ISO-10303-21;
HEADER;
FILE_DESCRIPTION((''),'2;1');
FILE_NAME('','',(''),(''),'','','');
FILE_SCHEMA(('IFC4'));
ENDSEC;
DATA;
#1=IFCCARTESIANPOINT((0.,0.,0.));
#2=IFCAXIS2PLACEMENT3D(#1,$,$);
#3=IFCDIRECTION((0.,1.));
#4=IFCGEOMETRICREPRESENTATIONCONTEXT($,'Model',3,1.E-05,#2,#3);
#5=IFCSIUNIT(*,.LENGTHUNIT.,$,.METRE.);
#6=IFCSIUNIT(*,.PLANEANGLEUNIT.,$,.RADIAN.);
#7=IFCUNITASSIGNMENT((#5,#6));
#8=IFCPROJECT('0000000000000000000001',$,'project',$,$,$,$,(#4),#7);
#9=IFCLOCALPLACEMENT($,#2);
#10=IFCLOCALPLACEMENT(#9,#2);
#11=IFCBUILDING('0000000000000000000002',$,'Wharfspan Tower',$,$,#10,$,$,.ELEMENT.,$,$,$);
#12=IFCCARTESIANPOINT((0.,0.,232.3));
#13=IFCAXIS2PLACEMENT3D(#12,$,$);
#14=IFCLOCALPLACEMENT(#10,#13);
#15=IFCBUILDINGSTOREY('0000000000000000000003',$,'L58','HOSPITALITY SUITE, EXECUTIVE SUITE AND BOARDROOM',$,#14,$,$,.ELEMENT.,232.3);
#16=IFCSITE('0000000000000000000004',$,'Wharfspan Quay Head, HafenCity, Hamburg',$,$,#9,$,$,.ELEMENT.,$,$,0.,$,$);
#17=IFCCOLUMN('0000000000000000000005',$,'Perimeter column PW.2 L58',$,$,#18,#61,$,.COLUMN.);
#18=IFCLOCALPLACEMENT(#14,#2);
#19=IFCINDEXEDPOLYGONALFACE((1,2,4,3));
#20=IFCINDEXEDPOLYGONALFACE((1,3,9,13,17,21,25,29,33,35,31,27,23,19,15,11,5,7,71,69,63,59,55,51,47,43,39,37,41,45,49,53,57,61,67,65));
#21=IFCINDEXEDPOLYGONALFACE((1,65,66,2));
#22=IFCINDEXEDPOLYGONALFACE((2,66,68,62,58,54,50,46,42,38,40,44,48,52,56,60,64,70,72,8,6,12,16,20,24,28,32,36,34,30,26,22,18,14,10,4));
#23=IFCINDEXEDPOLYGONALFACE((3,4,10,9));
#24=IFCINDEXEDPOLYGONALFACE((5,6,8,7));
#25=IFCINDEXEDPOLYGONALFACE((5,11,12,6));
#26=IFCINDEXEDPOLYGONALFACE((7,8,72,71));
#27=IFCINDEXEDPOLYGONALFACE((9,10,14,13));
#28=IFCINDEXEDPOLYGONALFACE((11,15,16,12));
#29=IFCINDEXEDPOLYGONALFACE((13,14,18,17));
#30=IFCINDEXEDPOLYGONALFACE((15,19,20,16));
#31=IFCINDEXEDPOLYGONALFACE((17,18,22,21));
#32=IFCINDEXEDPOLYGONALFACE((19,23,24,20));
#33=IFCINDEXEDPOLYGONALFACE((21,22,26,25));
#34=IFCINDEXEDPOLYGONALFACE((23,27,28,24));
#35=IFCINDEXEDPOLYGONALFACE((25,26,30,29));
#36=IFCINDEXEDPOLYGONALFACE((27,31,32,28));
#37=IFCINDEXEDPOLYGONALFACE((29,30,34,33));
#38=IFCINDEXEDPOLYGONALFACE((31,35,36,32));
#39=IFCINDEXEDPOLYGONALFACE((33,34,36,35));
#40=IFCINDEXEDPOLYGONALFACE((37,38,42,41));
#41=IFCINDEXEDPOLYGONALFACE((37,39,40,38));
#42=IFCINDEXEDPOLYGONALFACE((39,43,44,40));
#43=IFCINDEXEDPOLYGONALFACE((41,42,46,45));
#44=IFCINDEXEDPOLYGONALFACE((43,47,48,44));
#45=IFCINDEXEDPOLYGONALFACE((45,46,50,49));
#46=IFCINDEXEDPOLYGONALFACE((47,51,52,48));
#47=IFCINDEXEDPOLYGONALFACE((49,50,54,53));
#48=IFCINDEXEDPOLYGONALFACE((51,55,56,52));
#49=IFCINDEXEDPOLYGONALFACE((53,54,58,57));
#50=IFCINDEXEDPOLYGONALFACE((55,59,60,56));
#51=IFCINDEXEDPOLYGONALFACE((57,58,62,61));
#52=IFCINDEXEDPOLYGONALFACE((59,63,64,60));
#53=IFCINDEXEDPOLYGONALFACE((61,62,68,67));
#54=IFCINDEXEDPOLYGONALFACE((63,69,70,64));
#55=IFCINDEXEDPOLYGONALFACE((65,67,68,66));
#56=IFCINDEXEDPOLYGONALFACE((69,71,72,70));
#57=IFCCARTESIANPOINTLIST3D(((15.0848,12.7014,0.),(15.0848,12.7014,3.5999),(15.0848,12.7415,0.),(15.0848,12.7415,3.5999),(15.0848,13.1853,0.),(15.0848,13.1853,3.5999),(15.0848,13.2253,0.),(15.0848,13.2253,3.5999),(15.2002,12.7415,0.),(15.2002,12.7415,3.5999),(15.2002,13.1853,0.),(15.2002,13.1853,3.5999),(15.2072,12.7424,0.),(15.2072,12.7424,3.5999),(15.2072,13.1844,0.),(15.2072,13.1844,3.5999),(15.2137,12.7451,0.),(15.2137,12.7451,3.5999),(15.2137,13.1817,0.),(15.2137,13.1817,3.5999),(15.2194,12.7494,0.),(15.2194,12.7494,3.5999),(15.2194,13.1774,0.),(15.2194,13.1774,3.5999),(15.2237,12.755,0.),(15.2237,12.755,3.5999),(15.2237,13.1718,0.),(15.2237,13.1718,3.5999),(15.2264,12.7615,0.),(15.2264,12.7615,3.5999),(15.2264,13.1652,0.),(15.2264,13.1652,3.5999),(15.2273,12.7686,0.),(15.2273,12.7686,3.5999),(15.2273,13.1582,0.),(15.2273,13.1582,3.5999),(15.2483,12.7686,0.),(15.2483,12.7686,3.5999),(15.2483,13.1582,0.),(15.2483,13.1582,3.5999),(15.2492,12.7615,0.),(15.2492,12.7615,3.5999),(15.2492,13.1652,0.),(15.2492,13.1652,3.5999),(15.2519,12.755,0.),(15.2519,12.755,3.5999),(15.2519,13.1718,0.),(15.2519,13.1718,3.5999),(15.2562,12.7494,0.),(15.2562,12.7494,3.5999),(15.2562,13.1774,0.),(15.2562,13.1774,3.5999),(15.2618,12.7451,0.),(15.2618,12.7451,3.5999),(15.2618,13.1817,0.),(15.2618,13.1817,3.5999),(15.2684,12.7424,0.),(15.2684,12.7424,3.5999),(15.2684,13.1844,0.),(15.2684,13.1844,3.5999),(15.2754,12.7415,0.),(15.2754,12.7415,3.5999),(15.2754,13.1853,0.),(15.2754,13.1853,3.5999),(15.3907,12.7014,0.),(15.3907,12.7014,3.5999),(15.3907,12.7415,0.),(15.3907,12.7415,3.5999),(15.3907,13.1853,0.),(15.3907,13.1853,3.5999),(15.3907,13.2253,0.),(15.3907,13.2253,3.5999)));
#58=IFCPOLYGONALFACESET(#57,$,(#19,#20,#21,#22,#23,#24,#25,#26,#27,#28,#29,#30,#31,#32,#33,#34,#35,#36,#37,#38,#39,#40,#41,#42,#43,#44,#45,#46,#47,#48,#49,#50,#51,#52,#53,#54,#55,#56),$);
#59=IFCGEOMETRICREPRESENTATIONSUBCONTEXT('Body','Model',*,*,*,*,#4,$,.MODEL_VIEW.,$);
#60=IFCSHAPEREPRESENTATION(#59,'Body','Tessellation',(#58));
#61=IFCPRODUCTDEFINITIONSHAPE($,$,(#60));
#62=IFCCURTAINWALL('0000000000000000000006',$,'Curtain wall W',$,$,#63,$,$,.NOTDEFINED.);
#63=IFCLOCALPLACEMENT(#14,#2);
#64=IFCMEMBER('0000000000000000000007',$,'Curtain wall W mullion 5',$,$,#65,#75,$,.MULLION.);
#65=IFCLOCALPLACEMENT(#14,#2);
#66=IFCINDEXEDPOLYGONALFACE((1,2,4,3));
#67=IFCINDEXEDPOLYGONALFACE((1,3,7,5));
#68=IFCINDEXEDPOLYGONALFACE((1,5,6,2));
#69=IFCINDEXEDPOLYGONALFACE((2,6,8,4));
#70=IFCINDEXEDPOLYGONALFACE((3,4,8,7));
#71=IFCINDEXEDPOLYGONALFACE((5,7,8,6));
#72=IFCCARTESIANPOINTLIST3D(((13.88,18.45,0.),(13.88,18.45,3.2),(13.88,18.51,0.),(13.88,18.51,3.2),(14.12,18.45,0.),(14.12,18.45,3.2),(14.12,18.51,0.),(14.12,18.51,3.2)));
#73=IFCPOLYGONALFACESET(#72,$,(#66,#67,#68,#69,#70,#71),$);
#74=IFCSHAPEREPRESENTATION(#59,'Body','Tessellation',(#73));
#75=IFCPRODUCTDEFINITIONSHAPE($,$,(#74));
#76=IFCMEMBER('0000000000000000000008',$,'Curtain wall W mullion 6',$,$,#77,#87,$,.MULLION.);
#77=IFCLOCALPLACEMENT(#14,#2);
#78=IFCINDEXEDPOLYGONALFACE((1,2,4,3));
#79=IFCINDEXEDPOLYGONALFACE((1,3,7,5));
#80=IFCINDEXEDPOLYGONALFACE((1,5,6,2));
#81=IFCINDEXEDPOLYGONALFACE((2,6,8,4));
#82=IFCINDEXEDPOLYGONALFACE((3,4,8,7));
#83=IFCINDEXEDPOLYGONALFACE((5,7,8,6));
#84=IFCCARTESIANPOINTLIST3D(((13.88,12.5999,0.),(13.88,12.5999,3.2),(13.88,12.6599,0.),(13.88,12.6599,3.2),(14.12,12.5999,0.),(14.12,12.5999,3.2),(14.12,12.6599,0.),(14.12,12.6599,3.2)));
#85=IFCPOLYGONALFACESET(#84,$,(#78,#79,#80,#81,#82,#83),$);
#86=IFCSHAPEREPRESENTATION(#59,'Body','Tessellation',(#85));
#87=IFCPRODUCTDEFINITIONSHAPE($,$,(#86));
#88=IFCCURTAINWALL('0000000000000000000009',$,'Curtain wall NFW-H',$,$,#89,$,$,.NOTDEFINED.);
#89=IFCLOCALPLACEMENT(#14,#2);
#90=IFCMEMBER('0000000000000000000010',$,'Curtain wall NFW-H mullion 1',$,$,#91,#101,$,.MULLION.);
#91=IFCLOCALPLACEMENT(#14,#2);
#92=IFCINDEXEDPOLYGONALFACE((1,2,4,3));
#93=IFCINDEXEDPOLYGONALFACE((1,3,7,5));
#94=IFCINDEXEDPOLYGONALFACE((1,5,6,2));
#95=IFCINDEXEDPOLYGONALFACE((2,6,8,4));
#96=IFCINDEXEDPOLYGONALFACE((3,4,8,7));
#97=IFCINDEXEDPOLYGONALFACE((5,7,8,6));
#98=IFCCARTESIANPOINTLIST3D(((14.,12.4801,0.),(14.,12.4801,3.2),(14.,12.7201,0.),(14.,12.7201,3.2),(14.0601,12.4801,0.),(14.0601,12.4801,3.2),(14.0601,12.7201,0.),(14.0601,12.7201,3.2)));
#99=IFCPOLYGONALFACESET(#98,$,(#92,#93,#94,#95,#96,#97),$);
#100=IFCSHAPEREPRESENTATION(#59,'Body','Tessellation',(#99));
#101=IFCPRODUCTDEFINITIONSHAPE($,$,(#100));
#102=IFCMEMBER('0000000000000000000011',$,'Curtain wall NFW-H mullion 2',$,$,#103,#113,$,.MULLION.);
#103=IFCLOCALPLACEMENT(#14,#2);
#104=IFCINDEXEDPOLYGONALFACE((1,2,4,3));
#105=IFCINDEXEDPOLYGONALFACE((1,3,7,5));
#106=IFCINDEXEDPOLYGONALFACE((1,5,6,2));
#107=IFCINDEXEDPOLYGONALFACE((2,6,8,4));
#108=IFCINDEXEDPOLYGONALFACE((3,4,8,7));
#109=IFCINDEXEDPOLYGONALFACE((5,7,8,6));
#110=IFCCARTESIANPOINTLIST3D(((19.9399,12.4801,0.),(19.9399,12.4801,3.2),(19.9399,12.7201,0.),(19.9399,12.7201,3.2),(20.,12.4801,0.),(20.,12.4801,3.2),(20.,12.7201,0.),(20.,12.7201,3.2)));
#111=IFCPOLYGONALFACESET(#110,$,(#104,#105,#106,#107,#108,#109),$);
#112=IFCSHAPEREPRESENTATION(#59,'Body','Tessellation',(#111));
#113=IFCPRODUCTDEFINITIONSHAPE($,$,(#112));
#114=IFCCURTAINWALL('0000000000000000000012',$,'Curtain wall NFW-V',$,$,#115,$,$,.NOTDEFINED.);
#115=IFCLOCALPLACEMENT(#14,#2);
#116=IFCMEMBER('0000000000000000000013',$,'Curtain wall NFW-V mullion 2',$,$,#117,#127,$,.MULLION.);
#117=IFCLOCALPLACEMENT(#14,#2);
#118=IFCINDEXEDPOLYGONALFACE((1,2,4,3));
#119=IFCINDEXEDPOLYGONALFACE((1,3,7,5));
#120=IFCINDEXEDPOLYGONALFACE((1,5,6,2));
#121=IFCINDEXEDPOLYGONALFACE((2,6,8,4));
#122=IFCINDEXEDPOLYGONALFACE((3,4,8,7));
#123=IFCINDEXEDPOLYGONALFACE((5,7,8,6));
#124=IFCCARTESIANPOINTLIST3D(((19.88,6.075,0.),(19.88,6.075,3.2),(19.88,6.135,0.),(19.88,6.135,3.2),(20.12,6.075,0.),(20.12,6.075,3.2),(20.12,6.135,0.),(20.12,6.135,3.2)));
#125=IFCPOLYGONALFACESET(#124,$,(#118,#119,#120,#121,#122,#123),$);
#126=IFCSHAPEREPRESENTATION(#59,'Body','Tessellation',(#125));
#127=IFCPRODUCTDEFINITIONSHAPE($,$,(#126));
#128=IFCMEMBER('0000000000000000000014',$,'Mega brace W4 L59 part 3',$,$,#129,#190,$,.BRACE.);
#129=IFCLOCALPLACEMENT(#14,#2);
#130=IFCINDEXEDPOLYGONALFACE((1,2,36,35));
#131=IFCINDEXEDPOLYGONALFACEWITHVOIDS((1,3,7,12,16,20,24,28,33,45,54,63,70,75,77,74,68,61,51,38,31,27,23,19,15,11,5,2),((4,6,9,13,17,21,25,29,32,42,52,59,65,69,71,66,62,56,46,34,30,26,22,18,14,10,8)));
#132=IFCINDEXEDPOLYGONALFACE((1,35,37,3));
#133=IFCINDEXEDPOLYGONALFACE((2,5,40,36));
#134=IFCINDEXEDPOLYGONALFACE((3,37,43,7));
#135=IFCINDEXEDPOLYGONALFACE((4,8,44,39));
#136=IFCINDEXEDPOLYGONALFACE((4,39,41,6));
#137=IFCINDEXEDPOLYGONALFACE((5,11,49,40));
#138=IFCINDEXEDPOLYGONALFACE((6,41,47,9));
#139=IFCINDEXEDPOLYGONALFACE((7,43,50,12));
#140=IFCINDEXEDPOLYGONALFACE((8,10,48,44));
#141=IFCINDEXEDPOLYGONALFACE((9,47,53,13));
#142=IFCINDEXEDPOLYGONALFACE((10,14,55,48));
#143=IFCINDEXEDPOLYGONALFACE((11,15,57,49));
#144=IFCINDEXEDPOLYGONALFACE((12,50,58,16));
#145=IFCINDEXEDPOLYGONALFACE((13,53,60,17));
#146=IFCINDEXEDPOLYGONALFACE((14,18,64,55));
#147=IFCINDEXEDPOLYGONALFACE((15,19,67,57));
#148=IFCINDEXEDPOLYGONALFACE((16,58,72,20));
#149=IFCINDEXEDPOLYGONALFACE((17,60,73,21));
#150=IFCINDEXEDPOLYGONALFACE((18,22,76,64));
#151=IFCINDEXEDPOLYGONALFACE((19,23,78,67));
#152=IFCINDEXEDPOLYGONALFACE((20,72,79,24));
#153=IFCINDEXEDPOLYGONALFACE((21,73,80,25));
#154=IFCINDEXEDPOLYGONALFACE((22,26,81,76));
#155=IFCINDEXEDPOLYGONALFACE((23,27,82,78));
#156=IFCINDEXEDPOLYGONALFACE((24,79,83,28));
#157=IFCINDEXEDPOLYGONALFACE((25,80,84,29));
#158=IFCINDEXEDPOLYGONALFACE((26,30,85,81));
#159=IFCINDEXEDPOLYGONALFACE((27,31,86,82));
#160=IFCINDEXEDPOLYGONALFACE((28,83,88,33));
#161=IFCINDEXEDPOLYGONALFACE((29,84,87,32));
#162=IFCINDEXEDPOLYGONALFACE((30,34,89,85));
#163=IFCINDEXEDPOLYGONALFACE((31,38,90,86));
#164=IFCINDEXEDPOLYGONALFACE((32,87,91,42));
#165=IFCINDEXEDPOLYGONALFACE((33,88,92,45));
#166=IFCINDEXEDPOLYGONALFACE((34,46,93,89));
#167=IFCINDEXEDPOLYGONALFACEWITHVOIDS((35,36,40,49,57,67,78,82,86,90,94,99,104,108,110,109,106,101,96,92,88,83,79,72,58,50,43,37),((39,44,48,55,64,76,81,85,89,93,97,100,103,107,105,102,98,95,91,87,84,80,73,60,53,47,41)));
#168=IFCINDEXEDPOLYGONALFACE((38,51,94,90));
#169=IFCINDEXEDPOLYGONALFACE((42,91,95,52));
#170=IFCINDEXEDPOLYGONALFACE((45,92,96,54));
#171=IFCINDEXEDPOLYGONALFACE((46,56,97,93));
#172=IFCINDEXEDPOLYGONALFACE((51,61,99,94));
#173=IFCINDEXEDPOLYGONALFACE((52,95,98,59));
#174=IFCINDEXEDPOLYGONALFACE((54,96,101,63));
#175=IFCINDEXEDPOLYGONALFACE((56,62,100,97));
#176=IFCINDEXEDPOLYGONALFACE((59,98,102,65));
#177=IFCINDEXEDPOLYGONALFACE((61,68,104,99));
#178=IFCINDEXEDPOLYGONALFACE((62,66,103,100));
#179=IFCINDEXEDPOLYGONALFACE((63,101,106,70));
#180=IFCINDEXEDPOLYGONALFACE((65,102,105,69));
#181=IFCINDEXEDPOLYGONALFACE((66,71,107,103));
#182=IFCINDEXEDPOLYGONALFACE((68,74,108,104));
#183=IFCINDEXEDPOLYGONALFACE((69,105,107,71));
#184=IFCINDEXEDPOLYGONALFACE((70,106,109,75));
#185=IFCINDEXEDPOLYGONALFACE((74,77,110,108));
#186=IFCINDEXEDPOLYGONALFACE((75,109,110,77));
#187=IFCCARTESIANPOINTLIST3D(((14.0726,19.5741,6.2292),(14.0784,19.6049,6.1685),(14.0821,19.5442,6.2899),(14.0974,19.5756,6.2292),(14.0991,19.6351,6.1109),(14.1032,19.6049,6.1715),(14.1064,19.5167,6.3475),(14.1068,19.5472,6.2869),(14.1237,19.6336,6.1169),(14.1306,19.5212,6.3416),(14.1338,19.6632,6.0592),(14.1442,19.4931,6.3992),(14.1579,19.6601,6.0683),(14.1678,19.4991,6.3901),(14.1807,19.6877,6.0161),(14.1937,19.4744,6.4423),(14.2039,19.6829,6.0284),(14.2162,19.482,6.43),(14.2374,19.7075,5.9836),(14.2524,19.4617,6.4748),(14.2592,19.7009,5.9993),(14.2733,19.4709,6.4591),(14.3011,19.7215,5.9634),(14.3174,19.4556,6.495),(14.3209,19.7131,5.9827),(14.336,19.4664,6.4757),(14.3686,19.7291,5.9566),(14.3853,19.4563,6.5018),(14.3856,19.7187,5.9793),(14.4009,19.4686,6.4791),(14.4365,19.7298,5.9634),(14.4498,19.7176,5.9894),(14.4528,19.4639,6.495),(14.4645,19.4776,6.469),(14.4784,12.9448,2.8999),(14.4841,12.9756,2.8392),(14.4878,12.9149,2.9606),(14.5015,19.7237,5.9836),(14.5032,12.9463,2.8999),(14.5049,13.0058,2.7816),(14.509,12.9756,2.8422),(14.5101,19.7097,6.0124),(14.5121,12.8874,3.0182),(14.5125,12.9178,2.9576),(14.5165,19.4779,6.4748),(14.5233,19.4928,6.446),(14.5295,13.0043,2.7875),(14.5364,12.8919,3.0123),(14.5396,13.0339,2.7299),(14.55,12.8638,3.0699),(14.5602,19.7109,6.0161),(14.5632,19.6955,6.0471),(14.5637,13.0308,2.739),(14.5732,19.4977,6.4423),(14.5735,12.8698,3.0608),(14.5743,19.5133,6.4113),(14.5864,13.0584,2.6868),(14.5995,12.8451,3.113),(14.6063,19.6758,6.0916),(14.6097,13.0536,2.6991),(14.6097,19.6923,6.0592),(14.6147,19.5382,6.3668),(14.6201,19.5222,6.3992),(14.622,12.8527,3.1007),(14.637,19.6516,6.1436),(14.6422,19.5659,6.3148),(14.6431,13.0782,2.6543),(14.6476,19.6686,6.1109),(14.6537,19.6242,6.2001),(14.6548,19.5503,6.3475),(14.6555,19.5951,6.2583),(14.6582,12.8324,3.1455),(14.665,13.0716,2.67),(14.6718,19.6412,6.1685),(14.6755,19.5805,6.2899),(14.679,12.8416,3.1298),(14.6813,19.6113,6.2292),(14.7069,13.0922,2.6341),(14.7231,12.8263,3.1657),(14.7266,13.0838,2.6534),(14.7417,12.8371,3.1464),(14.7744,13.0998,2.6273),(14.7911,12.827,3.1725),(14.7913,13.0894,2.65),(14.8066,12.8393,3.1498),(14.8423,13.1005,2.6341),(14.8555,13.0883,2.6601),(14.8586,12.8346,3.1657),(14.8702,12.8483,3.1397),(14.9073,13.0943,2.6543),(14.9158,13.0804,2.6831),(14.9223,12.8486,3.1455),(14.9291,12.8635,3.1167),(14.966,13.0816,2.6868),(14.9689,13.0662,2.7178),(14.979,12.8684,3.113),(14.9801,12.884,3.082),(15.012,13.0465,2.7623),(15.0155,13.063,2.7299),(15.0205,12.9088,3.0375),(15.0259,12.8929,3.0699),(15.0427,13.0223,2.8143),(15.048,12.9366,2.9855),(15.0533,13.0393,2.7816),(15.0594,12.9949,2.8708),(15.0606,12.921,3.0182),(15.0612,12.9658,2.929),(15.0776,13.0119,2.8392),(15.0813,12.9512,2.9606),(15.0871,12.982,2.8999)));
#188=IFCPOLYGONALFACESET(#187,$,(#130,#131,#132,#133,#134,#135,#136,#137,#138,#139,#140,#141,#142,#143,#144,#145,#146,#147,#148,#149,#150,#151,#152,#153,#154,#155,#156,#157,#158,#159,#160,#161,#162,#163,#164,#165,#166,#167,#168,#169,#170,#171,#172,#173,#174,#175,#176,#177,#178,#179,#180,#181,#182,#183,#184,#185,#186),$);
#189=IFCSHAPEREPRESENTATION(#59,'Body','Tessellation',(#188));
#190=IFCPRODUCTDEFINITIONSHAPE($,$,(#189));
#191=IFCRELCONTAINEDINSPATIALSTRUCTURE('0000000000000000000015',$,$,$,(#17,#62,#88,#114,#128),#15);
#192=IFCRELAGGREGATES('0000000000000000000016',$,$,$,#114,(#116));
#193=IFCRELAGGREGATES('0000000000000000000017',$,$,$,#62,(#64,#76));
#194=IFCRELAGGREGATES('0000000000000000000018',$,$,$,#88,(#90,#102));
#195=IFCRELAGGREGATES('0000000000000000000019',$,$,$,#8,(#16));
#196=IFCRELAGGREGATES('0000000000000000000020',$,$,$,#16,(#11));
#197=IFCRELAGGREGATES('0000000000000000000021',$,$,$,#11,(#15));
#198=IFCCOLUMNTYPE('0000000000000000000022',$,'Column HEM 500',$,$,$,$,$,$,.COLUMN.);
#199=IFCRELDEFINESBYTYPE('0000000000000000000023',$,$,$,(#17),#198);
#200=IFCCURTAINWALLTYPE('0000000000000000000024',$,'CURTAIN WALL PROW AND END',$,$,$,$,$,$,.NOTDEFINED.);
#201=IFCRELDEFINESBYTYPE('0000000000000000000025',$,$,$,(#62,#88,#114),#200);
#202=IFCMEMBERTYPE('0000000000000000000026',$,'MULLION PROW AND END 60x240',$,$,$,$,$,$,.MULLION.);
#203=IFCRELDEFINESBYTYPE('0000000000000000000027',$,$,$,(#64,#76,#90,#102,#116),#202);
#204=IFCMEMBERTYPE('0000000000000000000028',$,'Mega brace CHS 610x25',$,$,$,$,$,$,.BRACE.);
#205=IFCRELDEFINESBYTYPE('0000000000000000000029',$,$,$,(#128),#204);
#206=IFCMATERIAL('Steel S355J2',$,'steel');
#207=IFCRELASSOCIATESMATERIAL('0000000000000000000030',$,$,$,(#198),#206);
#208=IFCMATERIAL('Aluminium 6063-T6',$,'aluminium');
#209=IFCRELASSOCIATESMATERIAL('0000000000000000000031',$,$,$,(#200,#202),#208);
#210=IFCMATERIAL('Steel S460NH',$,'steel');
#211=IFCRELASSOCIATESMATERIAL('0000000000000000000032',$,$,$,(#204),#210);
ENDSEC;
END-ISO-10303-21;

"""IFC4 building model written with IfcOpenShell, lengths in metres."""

from ifc_helpers import new_model, si_unit, direction, frame, origin, origin_2d, place, context, subcontext, project, spatial, rectangle, hollow_circle, i_section, extrude, material, material_profile, profile_set, type_object, element, aggregate, save


model = new_model("IFC4")

# Units and contexts
model_context = context("Model", 3, precision=1e-05, world=origin(), true_north=direction((0.0, 1.0)))
body_context = subcontext(model_context, "Body", "Model", "MODEL_VIEW")
ifc_project = project(units=[si_unit("LENGTHUNIT", "METRE"), si_unit("PLANEANGLEUNIT", "RADIAN")], contexts=[model_context])

# Site, building, storey
site_placement = place(None, origin())
site = spatial("IfcSite", under=ifc_project, at=site_placement, Name="Wharfspan Quay Head, HafenCity, Hamburg", CompositionType="ELEMENT", RefElevation=0.0)
building_placement = place(site_placement, origin())
building = spatial("IfcBuilding", under=site, at=building_placement, Name="Wharfspan Tower", CompositionType="ELEMENT")
storey_placement = place(building_placement, frame((0.0, 0.0, 232.3)))
storey = spatial("IfcBuildingStorey", under=building, at=storey_placement, Name="L58", Description="HOSPITALITY SUITE, EXECUTIVE SUITE AND BOARDROOM", CompositionType="ELEMENT", Elevation=232.3)

# Column
ifc_material_1 = material(Name="Steel S355J2", Category="steel")
ifc_material_profile_1 = material_profile(ifc_material_1, i_section(OverallWidth=0.3059, OverallDepth=0.5239, WebThickness=0.021, FlangeThickness=0.04, FilletRadius=0.0271, at=origin_2d()))
ifc_profile_set_1 = profile_set([ifc_material_profile_1], Name="Steel S355J2")
column_type = type_object("IfcColumnType", Name="Column HEM 500", PredefinedType="COLUMN", material=ifc_profile_set_1)
column_placement = place(storey_placement, frame((15.2378, 12.9634, 0.0), z_axis=(0.0, 0.0, 1.0), x_axis=(-1.0, 0.0, 0.0)))
element("IfcColumn", 1, at=column_placement, inside=storey, type_object=column_type, Name="Perimeter column PW.2 L58", PredefinedType="COLUMN", context=body_context, shape_type="SweptSolid", body=[
    extrude(i_section(OverallWidth=0.3059, OverallDepth=0.5239, WebThickness=0.021, FlangeThickness=0.04, FilletRadius=0.0271, at=origin_2d()), origin(), (0.0, 0.0, 1.0), 3.5999),
])

# Curtain walls, members
ifc_material_2 = material(Name="Aluminium 6063-T6", Category="aluminium")
curtain_wall_type = type_object("IfcCurtainWallType", Name="CURTAIN WALL PROW AND END", PredefinedType="NOTDEFINED", material=ifc_material_2)
curtain_wall_1_placement = place(storey_placement, origin())
curtain_wall_1 = element("IfcCurtainWall", 2, at=curtain_wall_1_placement, inside=storey, type_object=curtain_wall_type, Name="Curtain wall W", PredefinedType="NOTDEFINED")
ifc_material_profile_2 = material_profile(ifc_material_2, rectangle(XDim=0.24, YDim=0.0601, at=origin_2d()))
ifc_profile_set_2 = profile_set([ifc_material_profile_2], Name="Aluminium 6063-T6")
member_type_1 = type_object("IfcMemberType", Name="MULLION PROW AND END 60x240", PredefinedType="MULLION", material=ifc_profile_set_2)
member_1_placement = place(storey_placement, frame((14.0, 18.48, 0.0), z_axis=(0.0, 0.0, 1.0), x_axis=(1.0, 0.0, 0.0)))
member_1 = element("IfcMember", 3, at=member_1_placement, type_object=member_type_1, Name="Curtain wall W mullion 5", PredefinedType="MULLION", context=body_context, shape_type="SweptSolid", body=[
    extrude(rectangle(XDim=0.24, YDim=0.0601, at=origin_2d()), origin(), (0.0, 0.0, 1.0), 3.2),
])
member_2_placement = place(storey_placement, frame((14.0, 12.6299, 0.0), z_axis=(0.0, 0.0, 1.0), x_axis=(1.0, 0.0, 0.0)))
member_2 = element("IfcMember", 4, at=member_2_placement, type_object=member_type_1, Name="Curtain wall W mullion 6", PredefinedType="MULLION", context=body_context, shape_type="SweptSolid", body=[
    extrude(rectangle(XDim=0.24, YDim=0.0601, at=origin_2d()), origin(), (0.0, 0.0, 1.0), 3.2),
])
curtain_wall_2_placement = place(storey_placement, origin())
curtain_wall_2 = element("IfcCurtainWall", 5, at=curtain_wall_2_placement, inside=storey, type_object=curtain_wall_type, Name="Curtain wall NFW-H", PredefinedType="NOTDEFINED")
member_3_placement = place(storey_placement, frame((14.03, 12.6001, 0.0), z_axis=(0.0, 0.0, 1.0), x_axis=(0.0, 1.0, 0.0)))
member_3 = element("IfcMember", 6, at=member_3_placement, type_object=member_type_1, Name="Curtain wall NFW-H mullion 1", PredefinedType="MULLION", context=body_context, shape_type="SweptSolid", body=[
    extrude(rectangle(XDim=0.24, YDim=0.0601, at=origin_2d()), origin(), (0.0, 0.0, 1.0), 3.2),
])
member_4_placement = place(storey_placement, frame((19.97, 12.6001, 0.0), z_axis=(0.0, 0.0, 1.0), x_axis=(0.0, 1.0, 0.0)))
member_4 = element("IfcMember", 7, at=member_4_placement, type_object=member_type_1, Name="Curtain wall NFW-H mullion 2", PredefinedType="MULLION", context=body_context, shape_type="SweptSolid", body=[
    extrude(rectangle(XDim=0.24, YDim=0.0601, at=origin_2d()), origin(), (0.0, 0.0, 1.0), 3.2),
])

# Curtain wall, member
curtain_wall_3_placement = place(storey_placement, origin())
curtain_wall_3 = element("IfcCurtainWall", 8, at=curtain_wall_3_placement, inside=storey, type_object=curtain_wall_type, Name="Curtain wall NFW-V", PredefinedType="NOTDEFINED")
member_5_placement = place(storey_placement, frame((20.0, 6.105, 0.0), z_axis=(0.0, 0.0, 1.0), x_axis=(1.0, 0.0, 0.0)))
member_5 = element("IfcMember", 9, at=member_5_placement, type_object=member_type_1, Name="Curtain wall NFW-V mullion 2", PredefinedType="MULLION", context=body_context, shape_type="SweptSolid", body=[
    extrude(rectangle(XDim=0.24, YDim=0.0601, at=origin_2d()), origin(), (0.0, 0.0, 1.0), 3.2),
])

# Member
ifc_material_3 = material(Name="Steel S460NH", Category="steel")
ifc_material_profile_3 = material_profile(ifc_material_3, hollow_circle(Radius=0.3049, WallThickness=0.0249, at=origin_2d()))
ifc_profile_set_3 = profile_set([ifc_material_profile_3], Name="Steel S460NH")
member_type_2 = type_object("IfcMemberType", Name="Mega brace CHS 610x25", PredefinedType="BRACE", material=ifc_profile_set_3)
member_6_placement = place(storey_placement, frame((14.7827, 12.9634, 2.8999), z_axis=(-0.054615, 0.892302, 0.448123), x_axis=(-0.998132, -0.061091, -0.000003)))
element("IfcMember", 10, at=member_6_placement, inside=storey, type_object=member_type_2, Name="Mega brace W4 L59 part 3", PredefinedType="BRACE", context=body_context, shape_type="SweptSolid", body=[
    extrude(hollow_circle(Radius=0.3049, WallThickness=0.0249, at=origin_2d()), origin(), (0.0, 0.0, 1.0), 7.4294),
])
aggregate(curtain_wall_3, [member_5])

aggregate(curtain_wall_1, [member_1, member_2])
aggregate(curtain_wall_2, [member_3, member_4])

save(model, "model.ifc")
